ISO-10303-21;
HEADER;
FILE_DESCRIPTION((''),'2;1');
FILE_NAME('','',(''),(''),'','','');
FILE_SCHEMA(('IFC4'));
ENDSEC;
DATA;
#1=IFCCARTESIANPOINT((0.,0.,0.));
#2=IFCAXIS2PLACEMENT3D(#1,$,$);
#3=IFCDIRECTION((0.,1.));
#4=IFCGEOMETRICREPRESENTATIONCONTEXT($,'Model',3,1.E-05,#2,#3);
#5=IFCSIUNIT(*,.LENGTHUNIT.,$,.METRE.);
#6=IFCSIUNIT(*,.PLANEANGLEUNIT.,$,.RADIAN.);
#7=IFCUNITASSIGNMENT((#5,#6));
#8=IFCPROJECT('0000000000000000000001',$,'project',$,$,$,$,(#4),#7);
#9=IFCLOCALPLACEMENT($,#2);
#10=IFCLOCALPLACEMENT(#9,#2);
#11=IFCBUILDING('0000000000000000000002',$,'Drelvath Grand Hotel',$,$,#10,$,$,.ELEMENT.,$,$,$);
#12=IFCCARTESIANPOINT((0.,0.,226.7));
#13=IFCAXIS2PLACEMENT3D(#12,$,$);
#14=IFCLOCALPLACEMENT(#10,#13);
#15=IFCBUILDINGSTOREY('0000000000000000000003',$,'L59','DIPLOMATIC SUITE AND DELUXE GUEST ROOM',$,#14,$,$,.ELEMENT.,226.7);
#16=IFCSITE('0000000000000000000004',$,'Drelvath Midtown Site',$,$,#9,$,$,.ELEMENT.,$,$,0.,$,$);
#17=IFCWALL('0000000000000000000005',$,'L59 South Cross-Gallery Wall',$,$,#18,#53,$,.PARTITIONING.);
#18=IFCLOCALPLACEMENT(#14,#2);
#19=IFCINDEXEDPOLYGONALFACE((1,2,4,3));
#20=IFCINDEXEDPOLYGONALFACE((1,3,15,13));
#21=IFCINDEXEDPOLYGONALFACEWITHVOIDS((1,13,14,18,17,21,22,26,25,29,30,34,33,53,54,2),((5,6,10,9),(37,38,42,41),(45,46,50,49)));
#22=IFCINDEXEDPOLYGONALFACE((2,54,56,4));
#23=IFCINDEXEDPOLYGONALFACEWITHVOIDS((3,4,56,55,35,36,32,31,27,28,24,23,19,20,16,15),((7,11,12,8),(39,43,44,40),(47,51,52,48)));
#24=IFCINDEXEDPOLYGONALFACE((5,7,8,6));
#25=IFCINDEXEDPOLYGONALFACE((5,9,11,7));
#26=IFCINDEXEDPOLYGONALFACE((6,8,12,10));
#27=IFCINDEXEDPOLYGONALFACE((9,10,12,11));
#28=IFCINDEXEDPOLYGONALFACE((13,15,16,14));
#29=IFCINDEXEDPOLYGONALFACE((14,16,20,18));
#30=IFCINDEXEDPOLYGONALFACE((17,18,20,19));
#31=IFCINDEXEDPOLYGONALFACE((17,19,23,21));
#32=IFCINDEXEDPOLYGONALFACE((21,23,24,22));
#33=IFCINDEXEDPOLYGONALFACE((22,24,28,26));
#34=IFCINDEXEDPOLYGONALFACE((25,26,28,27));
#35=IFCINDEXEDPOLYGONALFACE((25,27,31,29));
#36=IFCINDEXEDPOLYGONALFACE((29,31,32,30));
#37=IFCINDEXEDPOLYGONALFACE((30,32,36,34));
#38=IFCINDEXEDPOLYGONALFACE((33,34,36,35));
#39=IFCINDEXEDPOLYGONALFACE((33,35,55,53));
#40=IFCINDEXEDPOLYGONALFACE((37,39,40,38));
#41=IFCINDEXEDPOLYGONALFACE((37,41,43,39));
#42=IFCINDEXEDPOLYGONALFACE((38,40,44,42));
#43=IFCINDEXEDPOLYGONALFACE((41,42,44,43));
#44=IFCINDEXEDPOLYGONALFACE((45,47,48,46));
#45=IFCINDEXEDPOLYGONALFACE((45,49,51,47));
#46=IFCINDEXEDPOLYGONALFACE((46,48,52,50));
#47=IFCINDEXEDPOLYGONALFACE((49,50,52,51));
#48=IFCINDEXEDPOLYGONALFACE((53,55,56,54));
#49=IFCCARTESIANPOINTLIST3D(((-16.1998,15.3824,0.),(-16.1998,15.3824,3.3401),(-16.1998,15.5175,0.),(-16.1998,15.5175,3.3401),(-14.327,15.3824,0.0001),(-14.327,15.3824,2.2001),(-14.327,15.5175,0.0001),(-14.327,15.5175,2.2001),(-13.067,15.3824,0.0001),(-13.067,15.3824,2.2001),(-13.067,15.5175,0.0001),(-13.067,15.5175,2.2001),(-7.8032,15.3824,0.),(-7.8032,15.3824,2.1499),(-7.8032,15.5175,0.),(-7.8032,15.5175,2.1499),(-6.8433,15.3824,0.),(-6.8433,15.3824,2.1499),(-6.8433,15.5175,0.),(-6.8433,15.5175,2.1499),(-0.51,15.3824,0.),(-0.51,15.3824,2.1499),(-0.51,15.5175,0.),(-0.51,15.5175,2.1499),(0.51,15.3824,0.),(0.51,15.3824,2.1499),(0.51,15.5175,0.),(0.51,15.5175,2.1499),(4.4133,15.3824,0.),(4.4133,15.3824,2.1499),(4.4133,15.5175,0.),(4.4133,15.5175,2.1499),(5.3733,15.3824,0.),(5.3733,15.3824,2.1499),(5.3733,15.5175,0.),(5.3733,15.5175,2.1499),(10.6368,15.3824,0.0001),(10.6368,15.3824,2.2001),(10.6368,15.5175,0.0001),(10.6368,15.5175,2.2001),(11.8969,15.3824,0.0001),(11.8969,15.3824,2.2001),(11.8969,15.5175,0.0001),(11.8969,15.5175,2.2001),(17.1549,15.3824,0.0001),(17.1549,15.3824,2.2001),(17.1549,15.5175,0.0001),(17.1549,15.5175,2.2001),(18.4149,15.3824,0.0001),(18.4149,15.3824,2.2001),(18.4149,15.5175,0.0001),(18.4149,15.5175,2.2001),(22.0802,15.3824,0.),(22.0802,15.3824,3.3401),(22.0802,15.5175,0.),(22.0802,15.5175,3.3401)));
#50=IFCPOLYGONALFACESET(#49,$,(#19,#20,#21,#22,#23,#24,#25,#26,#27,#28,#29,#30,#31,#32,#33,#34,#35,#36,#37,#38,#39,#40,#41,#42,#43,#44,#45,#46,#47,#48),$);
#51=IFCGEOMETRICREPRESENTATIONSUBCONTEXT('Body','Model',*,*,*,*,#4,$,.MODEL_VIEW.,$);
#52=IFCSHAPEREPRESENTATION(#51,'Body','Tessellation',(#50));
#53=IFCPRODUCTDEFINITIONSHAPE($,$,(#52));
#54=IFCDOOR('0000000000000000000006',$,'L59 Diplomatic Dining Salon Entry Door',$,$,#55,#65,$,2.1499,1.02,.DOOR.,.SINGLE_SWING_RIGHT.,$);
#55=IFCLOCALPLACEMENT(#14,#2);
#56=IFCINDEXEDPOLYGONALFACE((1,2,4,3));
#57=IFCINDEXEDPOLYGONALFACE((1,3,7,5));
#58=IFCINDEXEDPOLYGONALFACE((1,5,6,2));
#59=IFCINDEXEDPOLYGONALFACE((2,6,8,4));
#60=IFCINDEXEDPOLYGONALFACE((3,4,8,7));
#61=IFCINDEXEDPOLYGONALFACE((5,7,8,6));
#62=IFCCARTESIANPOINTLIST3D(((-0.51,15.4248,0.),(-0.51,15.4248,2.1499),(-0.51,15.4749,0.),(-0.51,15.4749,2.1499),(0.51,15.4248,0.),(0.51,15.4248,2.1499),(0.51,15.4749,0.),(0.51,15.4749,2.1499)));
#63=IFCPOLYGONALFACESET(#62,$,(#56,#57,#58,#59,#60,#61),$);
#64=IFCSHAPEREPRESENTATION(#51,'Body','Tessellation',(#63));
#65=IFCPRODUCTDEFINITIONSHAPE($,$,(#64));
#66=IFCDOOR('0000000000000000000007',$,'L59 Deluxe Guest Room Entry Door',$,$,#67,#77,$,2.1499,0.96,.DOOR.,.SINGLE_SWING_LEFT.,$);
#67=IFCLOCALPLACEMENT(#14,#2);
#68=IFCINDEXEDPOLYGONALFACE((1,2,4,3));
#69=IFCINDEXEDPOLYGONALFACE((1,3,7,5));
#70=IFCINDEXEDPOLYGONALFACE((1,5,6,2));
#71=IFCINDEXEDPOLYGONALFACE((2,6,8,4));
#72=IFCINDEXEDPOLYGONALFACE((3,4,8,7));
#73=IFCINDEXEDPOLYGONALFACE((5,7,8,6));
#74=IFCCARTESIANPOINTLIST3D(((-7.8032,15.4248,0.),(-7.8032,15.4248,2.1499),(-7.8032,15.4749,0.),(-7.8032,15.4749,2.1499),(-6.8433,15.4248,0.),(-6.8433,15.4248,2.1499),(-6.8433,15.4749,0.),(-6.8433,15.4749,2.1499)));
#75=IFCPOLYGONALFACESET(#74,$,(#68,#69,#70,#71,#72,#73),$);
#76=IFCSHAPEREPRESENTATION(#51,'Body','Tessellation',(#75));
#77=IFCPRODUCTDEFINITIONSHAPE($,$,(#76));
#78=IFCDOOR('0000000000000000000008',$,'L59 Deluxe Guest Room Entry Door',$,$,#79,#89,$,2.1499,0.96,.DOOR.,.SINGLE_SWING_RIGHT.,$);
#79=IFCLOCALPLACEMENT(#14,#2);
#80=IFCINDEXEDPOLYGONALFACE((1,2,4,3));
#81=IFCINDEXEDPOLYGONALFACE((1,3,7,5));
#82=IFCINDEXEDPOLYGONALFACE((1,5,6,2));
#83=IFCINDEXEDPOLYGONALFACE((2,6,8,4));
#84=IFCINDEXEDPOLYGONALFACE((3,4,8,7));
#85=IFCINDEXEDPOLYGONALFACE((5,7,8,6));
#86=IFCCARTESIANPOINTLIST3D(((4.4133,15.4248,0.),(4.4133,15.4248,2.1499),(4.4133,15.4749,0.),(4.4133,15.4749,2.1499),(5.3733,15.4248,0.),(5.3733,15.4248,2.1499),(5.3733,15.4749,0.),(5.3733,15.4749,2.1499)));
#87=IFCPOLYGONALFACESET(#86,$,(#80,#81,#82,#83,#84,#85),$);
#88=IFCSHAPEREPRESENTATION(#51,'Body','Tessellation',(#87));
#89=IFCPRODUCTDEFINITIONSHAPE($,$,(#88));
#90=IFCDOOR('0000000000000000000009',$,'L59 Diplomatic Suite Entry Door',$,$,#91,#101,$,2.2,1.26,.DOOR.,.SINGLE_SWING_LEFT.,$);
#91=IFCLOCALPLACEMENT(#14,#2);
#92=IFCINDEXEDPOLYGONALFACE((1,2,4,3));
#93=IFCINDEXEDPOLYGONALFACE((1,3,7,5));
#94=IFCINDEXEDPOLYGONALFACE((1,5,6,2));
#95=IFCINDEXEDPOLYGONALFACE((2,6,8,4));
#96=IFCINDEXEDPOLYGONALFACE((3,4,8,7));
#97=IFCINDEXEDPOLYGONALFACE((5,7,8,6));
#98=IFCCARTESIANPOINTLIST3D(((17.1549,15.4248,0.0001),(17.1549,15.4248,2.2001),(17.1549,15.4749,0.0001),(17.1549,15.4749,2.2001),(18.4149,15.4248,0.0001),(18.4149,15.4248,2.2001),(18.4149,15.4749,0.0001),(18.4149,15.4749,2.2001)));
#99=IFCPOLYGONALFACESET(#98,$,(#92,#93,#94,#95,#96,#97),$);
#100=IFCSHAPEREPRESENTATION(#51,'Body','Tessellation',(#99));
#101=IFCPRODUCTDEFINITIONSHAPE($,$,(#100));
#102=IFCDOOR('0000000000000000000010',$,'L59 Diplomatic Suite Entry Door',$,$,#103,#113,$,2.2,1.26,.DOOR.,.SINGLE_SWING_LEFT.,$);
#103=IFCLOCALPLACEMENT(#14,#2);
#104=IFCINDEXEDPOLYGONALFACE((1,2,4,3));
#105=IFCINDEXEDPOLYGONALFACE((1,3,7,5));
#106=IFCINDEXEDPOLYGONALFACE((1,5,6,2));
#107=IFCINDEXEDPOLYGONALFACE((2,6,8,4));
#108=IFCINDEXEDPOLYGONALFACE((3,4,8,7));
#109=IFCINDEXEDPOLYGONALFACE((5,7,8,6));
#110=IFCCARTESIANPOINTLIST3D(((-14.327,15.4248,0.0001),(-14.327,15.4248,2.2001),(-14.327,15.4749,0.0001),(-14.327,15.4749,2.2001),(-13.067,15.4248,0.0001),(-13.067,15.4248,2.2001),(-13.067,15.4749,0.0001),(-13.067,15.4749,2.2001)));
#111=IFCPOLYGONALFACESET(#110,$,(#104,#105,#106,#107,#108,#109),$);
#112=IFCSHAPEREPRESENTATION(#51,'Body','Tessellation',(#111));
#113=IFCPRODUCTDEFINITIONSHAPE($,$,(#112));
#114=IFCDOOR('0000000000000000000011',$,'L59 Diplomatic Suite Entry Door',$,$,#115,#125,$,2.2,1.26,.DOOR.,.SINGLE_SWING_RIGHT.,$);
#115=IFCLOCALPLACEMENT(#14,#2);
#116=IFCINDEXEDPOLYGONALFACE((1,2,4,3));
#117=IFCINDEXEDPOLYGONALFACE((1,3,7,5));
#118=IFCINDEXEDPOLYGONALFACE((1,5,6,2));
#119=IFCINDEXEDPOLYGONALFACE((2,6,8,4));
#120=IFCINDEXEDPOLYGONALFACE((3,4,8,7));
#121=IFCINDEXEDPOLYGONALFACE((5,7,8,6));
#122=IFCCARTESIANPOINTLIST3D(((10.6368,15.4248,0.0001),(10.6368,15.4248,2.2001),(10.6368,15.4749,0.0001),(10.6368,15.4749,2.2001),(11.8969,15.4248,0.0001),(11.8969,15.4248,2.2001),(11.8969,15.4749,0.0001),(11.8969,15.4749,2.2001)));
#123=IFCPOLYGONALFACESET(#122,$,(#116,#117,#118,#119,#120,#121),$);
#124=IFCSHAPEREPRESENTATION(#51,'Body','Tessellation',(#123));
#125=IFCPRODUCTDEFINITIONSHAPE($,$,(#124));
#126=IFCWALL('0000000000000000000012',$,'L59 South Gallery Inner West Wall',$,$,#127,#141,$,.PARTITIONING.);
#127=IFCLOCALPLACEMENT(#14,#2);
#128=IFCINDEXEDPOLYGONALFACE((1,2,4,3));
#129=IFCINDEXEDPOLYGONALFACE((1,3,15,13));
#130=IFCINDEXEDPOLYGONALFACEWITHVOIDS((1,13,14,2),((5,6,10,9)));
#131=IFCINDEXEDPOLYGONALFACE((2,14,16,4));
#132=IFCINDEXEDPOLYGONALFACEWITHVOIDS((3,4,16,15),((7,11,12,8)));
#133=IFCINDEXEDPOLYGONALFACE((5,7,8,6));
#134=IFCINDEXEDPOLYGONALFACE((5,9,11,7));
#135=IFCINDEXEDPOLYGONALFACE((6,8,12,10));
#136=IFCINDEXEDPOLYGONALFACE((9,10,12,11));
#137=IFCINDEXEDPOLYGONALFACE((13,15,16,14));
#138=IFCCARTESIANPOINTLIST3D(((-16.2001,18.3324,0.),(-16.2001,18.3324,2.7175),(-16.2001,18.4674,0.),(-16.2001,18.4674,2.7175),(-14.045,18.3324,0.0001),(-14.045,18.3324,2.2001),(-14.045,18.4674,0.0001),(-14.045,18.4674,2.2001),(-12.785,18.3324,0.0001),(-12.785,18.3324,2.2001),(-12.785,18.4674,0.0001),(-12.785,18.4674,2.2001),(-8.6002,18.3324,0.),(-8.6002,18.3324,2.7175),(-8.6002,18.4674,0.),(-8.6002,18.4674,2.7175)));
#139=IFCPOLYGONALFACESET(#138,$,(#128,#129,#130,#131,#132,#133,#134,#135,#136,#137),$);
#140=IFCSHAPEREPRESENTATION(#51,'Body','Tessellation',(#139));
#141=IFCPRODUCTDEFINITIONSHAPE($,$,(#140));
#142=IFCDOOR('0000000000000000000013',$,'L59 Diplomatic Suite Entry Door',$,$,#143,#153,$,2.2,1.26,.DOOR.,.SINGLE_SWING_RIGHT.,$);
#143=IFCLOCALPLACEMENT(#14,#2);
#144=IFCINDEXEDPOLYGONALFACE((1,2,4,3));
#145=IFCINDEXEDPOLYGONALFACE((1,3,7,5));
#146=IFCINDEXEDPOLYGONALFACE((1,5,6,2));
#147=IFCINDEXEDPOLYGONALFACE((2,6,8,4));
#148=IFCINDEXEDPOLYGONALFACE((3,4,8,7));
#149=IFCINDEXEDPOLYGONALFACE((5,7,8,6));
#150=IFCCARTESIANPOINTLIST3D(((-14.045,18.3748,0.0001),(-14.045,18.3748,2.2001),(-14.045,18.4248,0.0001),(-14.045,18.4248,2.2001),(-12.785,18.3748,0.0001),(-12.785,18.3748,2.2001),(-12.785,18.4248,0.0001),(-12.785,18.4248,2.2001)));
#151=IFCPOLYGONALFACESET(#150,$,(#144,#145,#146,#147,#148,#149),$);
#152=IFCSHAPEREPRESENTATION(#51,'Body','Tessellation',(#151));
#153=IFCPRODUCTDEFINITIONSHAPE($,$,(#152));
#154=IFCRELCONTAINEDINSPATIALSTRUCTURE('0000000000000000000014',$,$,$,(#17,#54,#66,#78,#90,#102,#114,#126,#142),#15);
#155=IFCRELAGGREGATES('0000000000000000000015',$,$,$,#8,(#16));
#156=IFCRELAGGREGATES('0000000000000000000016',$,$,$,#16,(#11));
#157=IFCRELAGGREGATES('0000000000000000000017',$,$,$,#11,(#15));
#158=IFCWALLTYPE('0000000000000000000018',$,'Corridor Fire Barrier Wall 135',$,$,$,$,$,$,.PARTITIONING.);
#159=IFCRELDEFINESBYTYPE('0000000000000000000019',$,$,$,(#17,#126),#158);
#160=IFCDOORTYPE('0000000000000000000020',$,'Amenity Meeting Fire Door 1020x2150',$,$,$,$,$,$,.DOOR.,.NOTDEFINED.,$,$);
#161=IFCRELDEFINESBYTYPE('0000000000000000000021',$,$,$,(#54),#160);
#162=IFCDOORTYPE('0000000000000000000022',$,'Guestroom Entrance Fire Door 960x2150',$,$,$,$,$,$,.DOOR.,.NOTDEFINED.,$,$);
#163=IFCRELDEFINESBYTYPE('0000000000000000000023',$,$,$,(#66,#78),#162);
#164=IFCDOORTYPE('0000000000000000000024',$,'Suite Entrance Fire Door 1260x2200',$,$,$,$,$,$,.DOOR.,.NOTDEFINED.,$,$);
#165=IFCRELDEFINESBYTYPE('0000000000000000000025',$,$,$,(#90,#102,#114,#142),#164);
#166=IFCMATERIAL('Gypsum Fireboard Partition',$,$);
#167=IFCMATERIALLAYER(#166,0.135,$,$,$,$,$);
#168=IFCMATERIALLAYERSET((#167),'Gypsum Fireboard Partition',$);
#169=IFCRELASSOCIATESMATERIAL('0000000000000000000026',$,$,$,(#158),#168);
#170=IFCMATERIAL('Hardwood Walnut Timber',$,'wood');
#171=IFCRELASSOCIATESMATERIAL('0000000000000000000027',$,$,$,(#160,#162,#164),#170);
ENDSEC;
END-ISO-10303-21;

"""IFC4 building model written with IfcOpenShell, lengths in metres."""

from ifc_helpers import new_model, si_unit, direction, frame, frame_2d, origin, place, context, subcontext, project, spatial, rectangle, extrude, material, layer, layer_set, type_object, element, fill, save


model = new_model("IFC4")

# Units and contexts
model_context = context("Model", 3, precision=1e-05, world=origin(), true_north=direction((0.0, 1.0)))
body_context = subcontext(model_context, "Body", "Model", "MODEL_VIEW")
ifc_project = project(units=[si_unit("LENGTHUNIT", "METRE"), si_unit("PLANEANGLEUNIT", "RADIAN")], contexts=[model_context])

# Site, building, storey
site_placement = place(None, origin())
site = spatial("IfcSite", under=ifc_project, at=site_placement, Name="Drelvath Midtown Site", CompositionType="ELEMENT", RefElevation=0.0)
building_placement = place(site_placement, origin())
building = spatial("IfcBuilding", under=site, at=building_placement, Name="Drelvath Grand Hotel", CompositionType="ELEMENT")
storey_placement = place(building_placement, frame((0.0, 0.0, 226.7)))
storey = spatial("IfcBuildingStorey", under=building, at=storey_placement, Name="L59", Description="DIPLOMATIC SUITE AND DELUXE GUEST ROOM", CompositionType="ELEMENT", Elevation=226.7)

# Wall, openings, doors
ifc_material_1 = material(Name="Gypsum Fireboard Partition")
ifc_layer_1 = layer(ifc_material_1, 0.135)
ifc_layer_set_1 = layer_set([ifc_layer_1], Name="Gypsum Fireboard Partition")
wall_type_1 = type_object("IfcWallType", Name="Corridor Fire Barrier Wall 135", PredefinedType="PARTITIONING", material=ifc_layer_set_1)
wall_1_placement = place(storey_placement, frame((-16.2, 15.45, 0.0), z_axis=(0.0, 0.0, 1.0), x_axis=(1.0, 0.0, 0.0)))
wall_1 = element("IfcWall", 1, at=wall_1_placement, inside=storey, type_object=wall_type_1, Name="L59 South Cross-Gallery Wall", PredefinedType="PARTITIONING", context=body_context, shape_type="SweptSolid", body=[
    extrude(rectangle(XDim=38.28, YDim=0.135, at=frame_2d((19.1401, 0.0))), origin(), (0.0, 0.0, 1.0), 3.3401),
])
opening_1_placement = place(wall_1_placement, frame((33.355, 0.0, 0.0)))
opening_1 = element("IfcOpeningElement", 2, at=opening_1_placement, cuts=wall_1, PredefinedType="OPENING", context=body_context, shape_type="SweptSolid", body=[
    extrude(rectangle(XDim=1.26, YDim=2.2, at=frame_2d((0.6299, 1.1001))), frame((0.0, 0.0774, 0.0), z_axis=(0.0, -1.0, 0.0), x_axis=(1.0, 0.0, 0.0)), (0.0, 0.0, 1.0), 0.155),
])
opening_2_placement = place(wall_1_placement, frame((1.873, 0.0, 0.0)))
opening_2 = element("IfcOpeningElement", 3, at=opening_2_placement, cuts=wall_1, PredefinedType="OPENING", context=body_context, shape_type="SweptSolid", body=[
    extrude(rectangle(XDim=1.26, YDim=2.2, at=frame_2d((0.6299, 1.1001))), frame((0.0, 0.0774, 0.0), z_axis=(0.0, -1.0, 0.0), x_axis=(1.0, 0.0, 0.0)), (0.0, 0.0, 1.0), 0.155),
])
opening_3_placement = place(wall_1_placement, frame((8.3967, 0.0, 0.0)))
opening_3 = element("IfcOpeningElement", 4, at=opening_3_placement, cuts=wall_1, PredefinedType="OPENING", context=body_context, shape_type="SweptSolid", body=[
    extrude(rectangle(XDim=0.96, YDim=2.1499, at=frame_2d((0.48, 1.075))), frame((0.0, 0.0774, 0.0), z_axis=(0.0, -1.0, 0.0), x_axis=(1.0, 0.0, 0.0)), (0.0, 0.0, 1.0), 0.155),
])
opening_4_placement = place(wall_1_placement, frame((15.6899, 0.0, 0.0)))
opening_4 = element("IfcOpeningElement", 5, at=opening_4_placement, cuts=wall_1, PredefinedType="OPENING", context=body_context, shape_type="SweptSolid", body=[
    extrude(rectangle(XDim=1.02, YDim=2.1499, at=frame_2d((0.51, 1.075))), frame((0.0, 0.0774, 0.0), z_axis=(0.0, -1.0, 0.0), x_axis=(1.0, 0.0, 0.0)), (0.0, 0.0, 1.0), 0.155),
])
opening_5_placement = place(wall_1_placement, frame((20.6133, 0.0, 0.0)))
opening_5 = element("IfcOpeningElement", 6, at=opening_5_placement, cuts=wall_1, PredefinedType="OPENING", context=body_context, shape_type="SweptSolid", body=[
    extrude(rectangle(XDim=0.96, YDim=2.1499, at=frame_2d((0.48, 1.075))), frame((0.0, 0.0774, 0.0), z_axis=(0.0, -1.0, 0.0), x_axis=(1.0, 0.0, 0.0)), (0.0, 0.0, 1.0), 0.155),
])
opening_6_placement = place(wall_1_placement, frame((26.8369, 0.0, 0.0)))
opening_6 = element("IfcOpeningElement", 7, at=opening_6_placement, cuts=wall_1, PredefinedType="OPENING", context=body_context, shape_type="SweptSolid", body=[
    extrude(rectangle(XDim=1.26, YDim=2.2, at=frame_2d((0.6299, 1.1001))), frame((0.0, 0.0774, 0.0), z_axis=(0.0, -1.0, 0.0), x_axis=(1.0, 0.0, 0.0)), (0.0, 0.0, 1.0), 0.155),
])
ifc_material_2 = material(Name="Hardwood Walnut Timber", Category="wood")
door_type_1 = type_object("IfcDoorType", Name="Amenity Meeting Fire Door 1020x2150", OperationType="NOTDEFINED", PredefinedType="DOOR", material=ifc_material_2)
door_1_placement = place(opening_4_placement, origin())
door_1 = element("IfcDoor", 8, at=door_1_placement, inside=storey, type_object=door_type_1, Name="L59 Diplomatic Dining Salon Entry Door", OperationType="SINGLE_SWING_RIGHT", OverallHeight=2.1499, OverallWidth=1.02, PredefinedType="DOOR", context=body_context, shape_type="SweptSolid", body=[
    extrude(rectangle(XDim=1.02, YDim=2.1499, at=frame_2d((0.51, 1.075))), frame((0.0, 0.0249, 0.0), z_axis=(0.0, -1.0, 0.0), x_axis=(1.0, 0.0, 0.0)), (0.0, 0.0, 1.0), 0.05),
])
fill(opening_4, door_1)
door_type_2 = type_object("IfcDoorType", Name="Guestroom Entrance Fire Door 960x2150", OperationType="NOTDEFINED", PredefinedType="DOOR", material=ifc_material_2)
door_2_placement = place(opening_3_placement, origin())
door_2 = element("IfcDoor", 9, at=door_2_placement, inside=storey, type_object=door_type_2, Name="L59 Deluxe Guest Room Entry Door", OperationType="SINGLE_SWING_LEFT", OverallHeight=2.1499, OverallWidth=0.96, PredefinedType="DOOR", context=body_context, shape_type="SweptSolid", body=[
    extrude(rectangle(XDim=0.96, YDim=2.1499, at=frame_2d((0.48, 1.075))), frame((0.0, 0.0249, 0.0), z_axis=(0.0, -1.0, 0.0), x_axis=(1.0, 0.0, 0.0)), (0.0, 0.0, 1.0), 0.05),
])
fill(opening_3, door_2)
door_3_placement = place(opening_5_placement, origin())
door_3 = element("IfcDoor", 10, at=door_3_placement, inside=storey, type_object=door_type_2, Name="L59 Deluxe Guest Room Entry Door", OperationType="SINGLE_SWING_RIGHT", OverallHeight=2.1499, OverallWidth=0.96, PredefinedType="DOOR", context=body_context, shape_type="SweptSolid", body=[
    extrude(rectangle(XDim=0.96, YDim=2.1499, at=frame_2d((0.48, 1.075))), frame((0.0, 0.0249, 0.0), z_axis=(0.0, -1.0, 0.0), x_axis=(1.0, 0.0, 0.0)), (0.0, 0.0, 1.0), 0.05),
])
fill(opening_5, door_3)
door_type_3 = type_object("IfcDoorType", Name="Suite Entrance Fire Door 1260x2200", OperationType="NOTDEFINED", PredefinedType="DOOR", material=ifc_material_2)
door_4_placement = place(opening_1_placement, origin())
door_4 = element("IfcDoor", 11, at=door_4_placement, inside=storey, type_object=door_type_3, Name="L59 Diplomatic Suite Entry Door", OperationType="SINGLE_SWING_LEFT", OverallHeight=2.2, OverallWidth=1.26, PredefinedType="DOOR", context=body_context, shape_type="SweptSolid", body=[
    extrude(rectangle(XDim=1.26, YDim=2.2, at=frame_2d((0.6299, 1.1001))), frame((0.0, 0.0249, 0.0), z_axis=(0.0, -1.0, 0.0), x_axis=(1.0, 0.0, 0.0)), (0.0, 0.0, 1.0), 0.05),
])
fill(opening_1, door_4)
door_5_placement = place(opening_2_placement, origin())
door_5 = element("IfcDoor", 12, at=door_5_placement, inside=storey, type_object=door_type_3, Name="L59 Diplomatic Suite Entry Door", OperationType="SINGLE_SWING_LEFT", OverallHeight=2.2, OverallWidth=1.26, PredefinedType="DOOR", context=body_context, shape_type="SweptSolid", body=[
    extrude(rectangle(XDim=1.26, YDim=2.2, at=frame_2d((0.6299, 1.1001))), frame((0.0, 0.0249, 0.0), z_axis=(0.0, -1.0, 0.0), x_axis=(1.0, 0.0, 0.0)), (0.0, 0.0, 1.0), 0.05),
])
fill(opening_2, door_5)
door_6_placement = place(opening_6_placement, origin())
door_6 = element("IfcDoor", 13, at=door_6_placement, inside=storey, type_object=door_type_3, Name="L59 Diplomatic Suite Entry Door", OperationType="SINGLE_SWING_RIGHT", OverallHeight=2.2, OverallWidth=1.26, PredefinedType="DOOR", context=body_context, shape_type="SweptSolid", body=[
    extrude(rectangle(XDim=1.26, YDim=2.2, at=frame_2d((0.6299, 1.1001))), frame((0.0, 0.0249, 0.0), z_axis=(0.0, -1.0, 0.0), x_axis=(1.0, 0.0, 0.0)), (0.0, 0.0, 1.0), 0.05),
])
fill(opening_6, door_6)

# Wall, opening, door
wall_2_placement = place(storey_placement, frame((-16.2, 18.3999, 0.0), z_axis=(0.0, 0.0, 1.0), x_axis=(1.0, 0.0, 0.0)))
wall_2 = element("IfcWall", 14, at=wall_2_placement, inside=storey, type_object=wall_type_1, Name="L59 South Gallery Inner West Wall", PredefinedType="PARTITIONING", context=body_context, shape_type="SweptSolid", body=[
    extrude(rectangle(XDim=7.5999, YDim=0.135, at=frame_2d((3.7998, 0.0))), origin(), (0.0, 0.0, 1.0), 2.7175),
])
opening_7_placement = place(wall_2_placement, frame((2.155, 0.0, 0.0)))
opening_7 = element("IfcOpeningElement", 15, at=opening_7_placement, cuts=wall_2, PredefinedType="OPENING", context=body_context, shape_type="SweptSolid", body=[
    extrude(rectangle(XDim=1.26, YDim=2.2, at=frame_2d((0.6299, 1.1001))), frame((0.0, 0.0774, 0.0), z_axis=(0.0, -1.0, 0.0), x_axis=(1.0, 0.0, 0.0)), (0.0, 0.0, 1.0), 0.155),
])
door_7_placement = place(opening_7_placement, origin())
door_7 = element("IfcDoor", 16, at=door_7_placement, inside=storey, type_object=door_type_3, Name="L59 Diplomatic Suite Entry Door", OperationType="SINGLE_SWING_RIGHT", OverallHeight=2.2, OverallWidth=1.26, PredefinedType="DOOR", context=body_context, shape_type="SweptSolid", body=[
    extrude(rectangle(XDim=1.26, YDim=2.2, at=frame_2d((0.6299, 1.1001))), frame((0.0, 0.0249, 0.0), z_axis=(0.0, -1.0, 0.0), x_axis=(1.0, 0.0, 0.0)), (0.0, 0.0, 1.0), 0.05),
])
fill(opening_7, door_7)

save(model, "model.ifc")
